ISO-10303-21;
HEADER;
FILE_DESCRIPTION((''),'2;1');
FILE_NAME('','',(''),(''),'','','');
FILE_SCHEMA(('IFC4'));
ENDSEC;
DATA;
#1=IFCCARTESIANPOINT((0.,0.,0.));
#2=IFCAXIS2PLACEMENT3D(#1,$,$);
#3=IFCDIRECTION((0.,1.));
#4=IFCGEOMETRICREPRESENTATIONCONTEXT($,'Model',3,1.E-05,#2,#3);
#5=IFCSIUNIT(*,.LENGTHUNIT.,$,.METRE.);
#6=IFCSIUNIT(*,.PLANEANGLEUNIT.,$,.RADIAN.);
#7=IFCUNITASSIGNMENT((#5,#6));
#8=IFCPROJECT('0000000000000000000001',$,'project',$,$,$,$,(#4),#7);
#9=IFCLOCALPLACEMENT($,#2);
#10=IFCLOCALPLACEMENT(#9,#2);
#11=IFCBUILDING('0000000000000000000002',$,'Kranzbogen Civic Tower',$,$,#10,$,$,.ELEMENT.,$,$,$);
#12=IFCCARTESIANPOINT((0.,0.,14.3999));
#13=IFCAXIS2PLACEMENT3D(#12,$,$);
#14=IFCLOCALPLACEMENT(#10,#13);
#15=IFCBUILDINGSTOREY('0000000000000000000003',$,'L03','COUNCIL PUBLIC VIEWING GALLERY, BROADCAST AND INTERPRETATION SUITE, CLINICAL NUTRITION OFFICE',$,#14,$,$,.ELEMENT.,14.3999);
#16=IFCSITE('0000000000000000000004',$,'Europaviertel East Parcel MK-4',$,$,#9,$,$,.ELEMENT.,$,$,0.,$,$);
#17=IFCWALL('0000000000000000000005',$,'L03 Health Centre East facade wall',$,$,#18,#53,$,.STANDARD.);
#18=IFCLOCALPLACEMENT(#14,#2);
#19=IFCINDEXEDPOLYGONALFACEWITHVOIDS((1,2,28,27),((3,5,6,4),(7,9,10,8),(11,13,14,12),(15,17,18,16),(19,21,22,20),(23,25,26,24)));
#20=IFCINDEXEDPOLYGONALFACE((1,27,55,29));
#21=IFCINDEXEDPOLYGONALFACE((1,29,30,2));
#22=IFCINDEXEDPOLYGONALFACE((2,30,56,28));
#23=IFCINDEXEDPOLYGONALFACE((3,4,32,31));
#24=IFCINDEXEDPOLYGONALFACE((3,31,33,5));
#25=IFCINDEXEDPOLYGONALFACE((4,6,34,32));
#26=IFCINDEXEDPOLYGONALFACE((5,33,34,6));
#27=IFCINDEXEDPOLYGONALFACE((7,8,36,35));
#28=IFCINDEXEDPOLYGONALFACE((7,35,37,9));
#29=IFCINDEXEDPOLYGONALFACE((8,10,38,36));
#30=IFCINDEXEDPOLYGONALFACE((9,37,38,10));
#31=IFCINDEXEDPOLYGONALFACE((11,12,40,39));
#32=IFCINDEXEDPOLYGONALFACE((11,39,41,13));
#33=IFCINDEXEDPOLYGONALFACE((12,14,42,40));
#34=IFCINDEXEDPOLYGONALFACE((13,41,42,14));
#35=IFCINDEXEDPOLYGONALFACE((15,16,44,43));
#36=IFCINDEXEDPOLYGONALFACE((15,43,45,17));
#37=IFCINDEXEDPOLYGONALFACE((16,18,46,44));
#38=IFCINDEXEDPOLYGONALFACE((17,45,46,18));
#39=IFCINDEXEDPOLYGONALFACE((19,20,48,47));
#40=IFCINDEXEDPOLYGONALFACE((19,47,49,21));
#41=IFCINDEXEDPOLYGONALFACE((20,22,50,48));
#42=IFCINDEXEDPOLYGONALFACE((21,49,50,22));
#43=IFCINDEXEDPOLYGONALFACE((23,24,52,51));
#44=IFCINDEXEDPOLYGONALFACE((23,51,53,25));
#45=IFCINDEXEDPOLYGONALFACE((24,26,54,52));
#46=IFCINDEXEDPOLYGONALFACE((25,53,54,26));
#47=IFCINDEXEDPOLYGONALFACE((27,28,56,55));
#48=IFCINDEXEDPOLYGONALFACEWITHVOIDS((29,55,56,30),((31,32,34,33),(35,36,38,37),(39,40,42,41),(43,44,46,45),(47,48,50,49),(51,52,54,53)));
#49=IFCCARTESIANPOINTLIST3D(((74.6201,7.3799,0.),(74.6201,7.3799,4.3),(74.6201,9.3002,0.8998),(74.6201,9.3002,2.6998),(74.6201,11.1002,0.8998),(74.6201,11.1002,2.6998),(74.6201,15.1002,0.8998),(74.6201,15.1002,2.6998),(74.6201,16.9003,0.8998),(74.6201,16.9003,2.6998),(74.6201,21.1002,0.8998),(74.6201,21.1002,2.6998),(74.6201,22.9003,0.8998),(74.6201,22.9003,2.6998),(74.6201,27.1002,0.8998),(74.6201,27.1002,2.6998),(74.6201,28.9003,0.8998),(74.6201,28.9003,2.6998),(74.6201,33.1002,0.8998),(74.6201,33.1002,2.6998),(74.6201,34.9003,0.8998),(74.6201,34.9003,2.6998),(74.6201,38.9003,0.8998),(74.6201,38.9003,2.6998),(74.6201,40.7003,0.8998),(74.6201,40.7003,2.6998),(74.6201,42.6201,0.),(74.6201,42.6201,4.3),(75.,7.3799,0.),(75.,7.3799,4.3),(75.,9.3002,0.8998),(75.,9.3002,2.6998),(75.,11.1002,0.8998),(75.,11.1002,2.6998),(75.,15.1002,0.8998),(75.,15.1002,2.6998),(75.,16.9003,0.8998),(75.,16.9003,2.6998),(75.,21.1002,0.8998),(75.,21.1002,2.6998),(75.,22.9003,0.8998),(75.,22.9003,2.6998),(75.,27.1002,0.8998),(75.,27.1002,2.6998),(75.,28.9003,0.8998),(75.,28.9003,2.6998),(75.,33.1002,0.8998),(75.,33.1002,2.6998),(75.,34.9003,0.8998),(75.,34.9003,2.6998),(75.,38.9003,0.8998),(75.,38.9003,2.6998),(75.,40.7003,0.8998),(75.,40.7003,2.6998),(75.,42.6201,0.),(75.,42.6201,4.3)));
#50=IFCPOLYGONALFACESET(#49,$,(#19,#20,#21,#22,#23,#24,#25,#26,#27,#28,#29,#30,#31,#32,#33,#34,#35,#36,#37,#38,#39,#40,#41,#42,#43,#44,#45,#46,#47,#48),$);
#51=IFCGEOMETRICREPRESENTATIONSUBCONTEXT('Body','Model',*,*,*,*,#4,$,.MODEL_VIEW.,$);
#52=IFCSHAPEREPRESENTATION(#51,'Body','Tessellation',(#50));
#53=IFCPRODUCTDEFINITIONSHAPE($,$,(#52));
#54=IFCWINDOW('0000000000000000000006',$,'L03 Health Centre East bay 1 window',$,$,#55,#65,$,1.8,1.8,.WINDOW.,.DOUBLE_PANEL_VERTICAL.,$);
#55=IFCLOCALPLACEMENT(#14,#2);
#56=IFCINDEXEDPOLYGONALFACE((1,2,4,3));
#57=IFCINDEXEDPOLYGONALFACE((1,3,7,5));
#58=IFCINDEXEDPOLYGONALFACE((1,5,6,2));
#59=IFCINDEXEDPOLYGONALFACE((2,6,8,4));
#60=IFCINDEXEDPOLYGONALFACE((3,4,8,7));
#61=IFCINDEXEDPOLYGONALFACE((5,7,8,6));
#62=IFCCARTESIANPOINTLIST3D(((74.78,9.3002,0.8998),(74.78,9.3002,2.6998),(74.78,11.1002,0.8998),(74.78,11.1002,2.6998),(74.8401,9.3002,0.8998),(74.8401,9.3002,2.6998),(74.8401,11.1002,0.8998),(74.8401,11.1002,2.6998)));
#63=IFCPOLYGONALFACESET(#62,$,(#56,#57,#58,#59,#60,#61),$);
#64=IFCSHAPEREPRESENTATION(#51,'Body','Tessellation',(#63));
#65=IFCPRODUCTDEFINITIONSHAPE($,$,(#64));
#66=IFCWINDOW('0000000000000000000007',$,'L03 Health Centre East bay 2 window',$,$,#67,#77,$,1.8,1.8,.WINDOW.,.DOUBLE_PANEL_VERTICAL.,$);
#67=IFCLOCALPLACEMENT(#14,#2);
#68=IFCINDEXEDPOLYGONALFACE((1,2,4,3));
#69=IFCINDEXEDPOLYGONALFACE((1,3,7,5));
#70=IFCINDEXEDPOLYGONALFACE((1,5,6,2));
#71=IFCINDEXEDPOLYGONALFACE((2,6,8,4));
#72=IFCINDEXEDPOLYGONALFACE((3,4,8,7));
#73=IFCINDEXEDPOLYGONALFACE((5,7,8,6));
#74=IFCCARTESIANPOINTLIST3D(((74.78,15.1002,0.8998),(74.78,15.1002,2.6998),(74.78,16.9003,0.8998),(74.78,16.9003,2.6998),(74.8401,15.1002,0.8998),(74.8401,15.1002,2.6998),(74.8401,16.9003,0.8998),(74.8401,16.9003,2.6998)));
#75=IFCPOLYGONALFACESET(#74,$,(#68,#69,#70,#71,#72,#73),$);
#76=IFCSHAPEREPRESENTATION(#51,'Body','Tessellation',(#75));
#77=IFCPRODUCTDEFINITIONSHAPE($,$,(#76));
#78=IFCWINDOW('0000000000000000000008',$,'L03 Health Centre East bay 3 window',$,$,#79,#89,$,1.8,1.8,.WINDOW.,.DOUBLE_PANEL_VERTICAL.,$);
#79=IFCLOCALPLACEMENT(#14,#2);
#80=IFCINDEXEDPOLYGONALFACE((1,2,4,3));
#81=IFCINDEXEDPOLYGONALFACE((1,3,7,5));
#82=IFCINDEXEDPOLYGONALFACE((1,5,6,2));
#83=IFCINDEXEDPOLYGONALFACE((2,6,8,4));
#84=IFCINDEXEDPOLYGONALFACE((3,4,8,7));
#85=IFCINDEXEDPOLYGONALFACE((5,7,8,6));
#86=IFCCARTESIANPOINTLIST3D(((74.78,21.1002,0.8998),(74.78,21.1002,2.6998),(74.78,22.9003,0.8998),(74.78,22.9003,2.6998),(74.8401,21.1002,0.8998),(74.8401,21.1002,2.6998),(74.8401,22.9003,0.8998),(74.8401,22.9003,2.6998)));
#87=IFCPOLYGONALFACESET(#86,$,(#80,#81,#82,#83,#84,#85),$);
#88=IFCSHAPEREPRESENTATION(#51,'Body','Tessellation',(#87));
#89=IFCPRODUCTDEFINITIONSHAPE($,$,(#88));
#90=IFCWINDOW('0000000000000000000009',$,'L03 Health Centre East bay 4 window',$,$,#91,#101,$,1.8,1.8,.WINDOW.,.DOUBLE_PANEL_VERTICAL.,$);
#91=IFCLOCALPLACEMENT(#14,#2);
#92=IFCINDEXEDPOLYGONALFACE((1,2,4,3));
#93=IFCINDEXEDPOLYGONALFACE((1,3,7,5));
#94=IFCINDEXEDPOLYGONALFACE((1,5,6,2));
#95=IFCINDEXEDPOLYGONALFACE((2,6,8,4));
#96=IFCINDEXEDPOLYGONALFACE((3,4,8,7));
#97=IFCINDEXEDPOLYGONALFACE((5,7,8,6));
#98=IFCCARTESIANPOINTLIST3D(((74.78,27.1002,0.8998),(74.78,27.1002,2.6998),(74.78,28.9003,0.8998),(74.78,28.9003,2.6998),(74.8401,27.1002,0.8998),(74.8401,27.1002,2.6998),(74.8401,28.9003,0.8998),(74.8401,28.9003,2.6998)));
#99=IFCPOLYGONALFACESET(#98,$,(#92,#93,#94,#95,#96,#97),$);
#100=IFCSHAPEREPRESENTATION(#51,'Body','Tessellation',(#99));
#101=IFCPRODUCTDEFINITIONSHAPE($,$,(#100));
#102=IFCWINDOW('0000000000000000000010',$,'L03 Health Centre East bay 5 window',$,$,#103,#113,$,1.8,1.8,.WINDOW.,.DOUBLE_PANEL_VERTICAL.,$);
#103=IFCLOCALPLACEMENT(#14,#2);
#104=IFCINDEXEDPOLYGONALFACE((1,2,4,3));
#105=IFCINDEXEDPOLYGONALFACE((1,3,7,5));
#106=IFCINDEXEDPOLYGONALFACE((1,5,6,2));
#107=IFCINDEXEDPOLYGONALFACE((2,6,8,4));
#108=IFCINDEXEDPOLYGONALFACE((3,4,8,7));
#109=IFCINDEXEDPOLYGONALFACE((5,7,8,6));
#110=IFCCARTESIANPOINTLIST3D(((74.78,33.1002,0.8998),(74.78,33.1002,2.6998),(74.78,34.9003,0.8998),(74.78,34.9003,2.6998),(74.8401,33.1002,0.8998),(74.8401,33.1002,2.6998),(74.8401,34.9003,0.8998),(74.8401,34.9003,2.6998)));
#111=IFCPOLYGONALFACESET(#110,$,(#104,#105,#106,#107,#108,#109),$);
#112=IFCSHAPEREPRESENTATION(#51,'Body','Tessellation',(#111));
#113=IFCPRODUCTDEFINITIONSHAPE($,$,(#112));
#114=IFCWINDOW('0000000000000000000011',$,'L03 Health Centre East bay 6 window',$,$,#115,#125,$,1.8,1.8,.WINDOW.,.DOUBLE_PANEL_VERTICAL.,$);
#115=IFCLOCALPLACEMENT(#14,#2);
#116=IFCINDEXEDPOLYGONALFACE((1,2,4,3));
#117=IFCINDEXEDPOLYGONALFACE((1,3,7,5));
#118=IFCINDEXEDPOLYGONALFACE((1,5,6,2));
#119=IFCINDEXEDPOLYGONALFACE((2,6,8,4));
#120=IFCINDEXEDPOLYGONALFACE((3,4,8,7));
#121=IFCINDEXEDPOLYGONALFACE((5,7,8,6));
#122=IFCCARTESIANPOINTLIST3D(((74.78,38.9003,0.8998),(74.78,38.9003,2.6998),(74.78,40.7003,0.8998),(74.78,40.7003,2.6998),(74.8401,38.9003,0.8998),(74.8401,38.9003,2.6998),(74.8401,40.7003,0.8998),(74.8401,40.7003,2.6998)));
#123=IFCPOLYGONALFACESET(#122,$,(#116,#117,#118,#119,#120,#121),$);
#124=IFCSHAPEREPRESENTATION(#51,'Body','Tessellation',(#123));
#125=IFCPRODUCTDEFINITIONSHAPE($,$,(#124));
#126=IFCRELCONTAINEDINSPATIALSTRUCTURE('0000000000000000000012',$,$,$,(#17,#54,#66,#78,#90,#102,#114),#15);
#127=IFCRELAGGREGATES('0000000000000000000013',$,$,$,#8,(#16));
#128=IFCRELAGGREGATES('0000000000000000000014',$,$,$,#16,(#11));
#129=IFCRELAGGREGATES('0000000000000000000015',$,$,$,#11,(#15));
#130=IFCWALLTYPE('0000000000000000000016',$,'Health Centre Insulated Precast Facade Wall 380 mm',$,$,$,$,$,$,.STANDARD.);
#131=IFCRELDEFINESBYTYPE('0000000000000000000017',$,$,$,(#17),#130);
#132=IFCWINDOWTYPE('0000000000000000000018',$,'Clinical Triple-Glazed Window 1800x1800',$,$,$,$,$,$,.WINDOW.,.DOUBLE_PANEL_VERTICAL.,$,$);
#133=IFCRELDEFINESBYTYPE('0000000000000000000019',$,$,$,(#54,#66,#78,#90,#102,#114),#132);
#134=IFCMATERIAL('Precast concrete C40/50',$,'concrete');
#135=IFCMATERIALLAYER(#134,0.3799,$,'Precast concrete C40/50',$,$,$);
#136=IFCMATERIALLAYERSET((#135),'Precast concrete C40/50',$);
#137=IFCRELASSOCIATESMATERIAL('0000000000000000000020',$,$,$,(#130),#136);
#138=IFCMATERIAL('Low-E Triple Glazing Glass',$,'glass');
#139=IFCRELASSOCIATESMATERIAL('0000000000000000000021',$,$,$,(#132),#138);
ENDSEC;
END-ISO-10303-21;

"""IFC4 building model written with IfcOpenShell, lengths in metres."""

from ifc_helpers import new_model, si_unit, direction, frame, frame_2d, origin, place, context, subcontext, project, spatial, rectangle, extrude, material, layer, layer_set, type_object, element, fill, save


model = new_model("IFC4")

# Units and contexts
model_context = context("Model", 3, precision=1e-05, world=origin(), true_north=direction((0.0, 1.0)))
body_context = subcontext(model_context, "Body", "Model", "MODEL_VIEW")
ifc_project = project(units=[si_unit("LENGTHUNIT", "METRE"), si_unit("PLANEANGLEUNIT", "RADIAN")], contexts=[model_context])

# Site, building, storey
site_placement = place(None, origin())
site = spatial("IfcSite", under=ifc_project, at=site_placement, Name="Europaviertel East Parcel MK-4", CompositionType="ELEMENT", RefElevation=0.0)
building_placement = place(site_placement, origin())
building = spatial("IfcBuilding", under=site, at=building_placement, Name="Kranzbogen Civic Tower", CompositionType="ELEMENT")
storey_placement = place(building_placement, frame((0.0, 0.0, 14.3999)))
storey = spatial("IfcBuildingStorey", under=building, at=storey_placement, Name="L03", Description="COUNCIL PUBLIC VIEWING GALLERY, BROADCAST AND INTERPRETATION SUITE, CLINICAL NUTRITION OFFICE", CompositionType="ELEMENT", Elevation=14.3999)

# Wall, openings, windows
ifc_material_1 = material(Name="Precast concrete C40/50", Category="concrete")
ifc_layer = layer(ifc_material_1, 0.3799, Name="Precast concrete C40/50")
ifc_layer_set = layer_set([ifc_layer], Name="Precast concrete C40/50")
wall_type = type_object("IfcWallType", Name="Health Centre Insulated Precast Facade Wall 380 mm", PredefinedType="STANDARD", material=ifc_layer_set)
wall_placement = place(storey_placement, frame((74.8101, 42.6201, 0.0), z_axis=(0.0, 0.0, 1.0), x_axis=(0.0, -1.0, 0.0)))
wall = element("IfcWall", 1, at=wall_placement, inside=storey, type_object=wall_type, Name="L03 Health Centre East facade wall", PredefinedType="STANDARD", context=body_context, shape_type="SweptSolid", body=[
    extrude(rectangle(XDim=35.2402, YDim=0.3799, at=frame_2d((17.6201, 0.0))), origin(), (0.0, 0.0, 1.0), 4.3),
])
opening_1_placement = place(wall_placement, frame((31.52, 0.0, 0.8999)))
opening_1 = element("IfcOpeningElement", 2, at=opening_1_placement, cuts=wall, PredefinedType="OPENING", context=body_context, shape_type="SweptSolid", body=[
    extrude(rectangle(XDim=1.8, YDim=1.8, at=frame_2d((0.8999, 0.8999))), frame((0.0, 0.2, 0.0), z_axis=(0.0, -1.0, 0.0), x_axis=(1.0, 0.0, 0.0)), (0.0, 0.0, 1.0), 0.3999),
])
opening_2_placement = place(wall_placement, frame((25.72, 0.0, 0.8999)))
opening_2 = element("IfcOpeningElement", 3, at=opening_2_placement, cuts=wall, PredefinedType="OPENING", context=body_context, shape_type="SweptSolid", body=[
    extrude(rectangle(XDim=1.8, YDim=1.8, at=frame_2d((0.8999, 0.8999))), frame((0.0, 0.2, 0.0), z_axis=(0.0, -1.0, 0.0), x_axis=(1.0, 0.0, 0.0)), (0.0, 0.0, 1.0), 0.3999),
])
opening_3_placement = place(wall_placement, frame((19.72, 0.0, 0.8999)))
opening_3 = element("IfcOpeningElement", 4, at=opening_3_placement, cuts=wall, PredefinedType="OPENING", context=body_context, shape_type="SweptSolid", body=[
    extrude(rectangle(XDim=1.8, YDim=1.8, at=frame_2d((0.8999, 0.8999))), frame((0.0, 0.2, 0.0), z_axis=(0.0, -1.0, 0.0), x_axis=(1.0, 0.0, 0.0)), (0.0, 0.0, 1.0), 0.3999),
])
opening_4_placement = place(wall_placement, frame((13.72, 0.0, 0.8999)))
opening_4 = element("IfcOpeningElement", 5, at=opening_4_placement, cuts=wall, PredefinedType="OPENING", context=body_context, shape_type="SweptSolid", body=[
    extrude(rectangle(XDim=1.8, YDim=1.8, at=frame_2d((0.8999, 0.8999))), frame((0.0, 0.2, 0.0), z_axis=(0.0, -1.0, 0.0), x_axis=(1.0, 0.0, 0.0)), (0.0, 0.0, 1.0), 0.3999),
])
opening_5_placement = place(wall_placement, frame((7.72, 0.0, 0.8999)))
opening_5 = element("IfcOpeningElement", 6, at=opening_5_placement, cuts=wall, PredefinedType="OPENING", context=body_context, shape_type="SweptSolid", body=[
    extrude(rectangle(XDim=1.8, YDim=1.8, at=frame_2d((0.8999, 0.8999))), frame((0.0, 0.2, 0.0), z_axis=(0.0, -1.0, 0.0), x_axis=(1.0, 0.0, 0.0)), (0.0, 0.0, 1.0), 0.3999),
])
opening_6_placement = place(wall_placement, frame((1.9199, 0.0, 0.8999)))
opening_6 = element("IfcOpeningElement", 7, at=opening_6_placement, cuts=wall, PredefinedType="OPENING", context=body_context, shape_type="SweptSolid", body=[
    extrude(rectangle(XDim=1.8, YDim=1.8, at=frame_2d((0.8999, 0.8999))), frame((0.0, 0.2, 0.0), z_axis=(0.0, -1.0, 0.0), x_axis=(1.0, 0.0, 0.0)), (0.0, 0.0, 1.0), 0.3999),
])
ifc_material_2 = material(Name="Low-E Triple Glazing Glass", Category="glass")
window_type = type_object("IfcWindowType", Name="Clinical Triple-Glazed Window 1800x1800", PartitioningType="DOUBLE_PANEL_VERTICAL", PredefinedType="WINDOW", material=ifc_material_2)
window_1_placement = place(opening_1_placement, origin())
window_1 = element("IfcWindow", 8, at=window_1_placement, inside=storey, type_object=window_type, Name="L03 Health Centre East bay 1 window", OverallHeight=1.8, OverallWidth=1.8, PartitioningType="DOUBLE_PANEL_VERTICAL", PredefinedType="WINDOW", context=body_context, shape_type="SweptSolid", body=[
    extrude(rectangle(XDim=1.8, YDim=1.8, at=frame_2d((0.8999, 0.8999))), frame((0.0, 0.03, 0.0), z_axis=(0.0, -1.0, 0.0), x_axis=(1.0, 0.0, 0.0)), (0.0, 0.0, 1.0), 0.0601),
])
fill(opening_1, window_1)
window_2_placement = place(opening_2_placement, origin())
window_2 = element("IfcWindow", 9, at=window_2_placement, inside=storey, type_object=window_type, Name="L03 Health Centre East bay 2 window", OverallHeight=1.8, OverallWidth=1.8, PartitioningType="DOUBLE_PANEL_VERTICAL", PredefinedType="WINDOW", context=body_context, shape_type="SweptSolid", body=[
    extrude(rectangle(XDim=1.8, YDim=1.8, at=frame_2d((0.8999, 0.8999))), frame((0.0, 0.03, 0.0), z_axis=(0.0, -1.0, 0.0), x_axis=(1.0, 0.0, 0.0)), (0.0, 0.0, 1.0), 0.0601),
])
fill(opening_2, window_2)
window_3_placement = place(opening_3_placement, origin())
window_3 = element("IfcWindow", 10, at=window_3_placement, inside=storey, type_object=window_type, Name="L03 Health Centre East bay 3 window", OverallHeight=1.8, OverallWidth=1.8, PartitioningType="DOUBLE_PANEL_VERTICAL", PredefinedType="WINDOW", context=body_context, shape_type="SweptSolid", body=[
    extrude(rectangle(XDim=1.8, YDim=1.8, at=frame_2d((0.8999, 0.8999))), frame((0.0, 0.03, 0.0), z_axis=(0.0, -1.0, 0.0), x_axis=(1.0, 0.0, 0.0)), (0.0, 0.0, 1.0), 0.0601),
])
fill(opening_3, window_3)
window_4_placement = place(opening_4_placement, origin())
window_4 = element("IfcWindow", 11, at=window_4_placement, inside=storey, type_object=window_type, Name="L03 Health Centre East bay 4 window", OverallHeight=1.8, OverallWidth=1.8, PartitioningType="DOUBLE_PANEL_VERTICAL", PredefinedType="WINDOW", context=body_context, shape_type="SweptSolid", body=[
    extrude(rectangle(XDim=1.8, YDim=1.8, at=frame_2d((0.8999, 0.8999))), frame((0.0, 0.03, 0.0), z_axis=(0.0, -1.0, 0.0), x_axis=(1.0, 0.0, 0.0)), (0.0, 0.0, 1.0), 0.0601),
])
fill(opening_4, window_4)
window_5_placement = place(opening_5_placement, origin())
window_5 = element("IfcWindow", 12, at=window_5_placement, inside=storey, type_object=window_type, Name="L03 Health Centre East bay 5 window", OverallHeight=1.8, OverallWidth=1.8, PartitioningType="DOUBLE_PANEL_VERTICAL", PredefinedType="WINDOW", context=body_context, shape_type="SweptSolid", body=[
    extrude(rectangle(XDim=1.8, YDim=1.8, at=frame_2d((0.8999, 0.8999))), frame((0.0, 0.03, 0.0), z_axis=(0.0, -1.0, 0.0), x_axis=(1.0, 0.0, 0.0)), (0.0, 0.0, 1.0), 0.0601),
])
fill(opening_5, window_5)
window_6_placement = place(opening_6_placement, origin())
window_6 = element("IfcWindow", 13, at=window_6_placement, inside=storey, type_object=window_type, Name="L03 Health Centre East bay 6 window", OverallHeight=1.8, OverallWidth=1.8, PartitioningType="DOUBLE_PANEL_VERTICAL", PredefinedType="WINDOW", context=body_context, shape_type="SweptSolid", body=[
    extrude(rectangle(XDim=1.8, YDim=1.8, at=frame_2d((0.8999, 0.8999))), frame((0.0, 0.03, 0.0), z_axis=(0.0, -1.0, 0.0), x_axis=(1.0, 0.0, 0.0)), (0.0, 0.0, 1.0), 0.0601),
])
fill(opening_6, window_6)

save(model, "model.ifc")
